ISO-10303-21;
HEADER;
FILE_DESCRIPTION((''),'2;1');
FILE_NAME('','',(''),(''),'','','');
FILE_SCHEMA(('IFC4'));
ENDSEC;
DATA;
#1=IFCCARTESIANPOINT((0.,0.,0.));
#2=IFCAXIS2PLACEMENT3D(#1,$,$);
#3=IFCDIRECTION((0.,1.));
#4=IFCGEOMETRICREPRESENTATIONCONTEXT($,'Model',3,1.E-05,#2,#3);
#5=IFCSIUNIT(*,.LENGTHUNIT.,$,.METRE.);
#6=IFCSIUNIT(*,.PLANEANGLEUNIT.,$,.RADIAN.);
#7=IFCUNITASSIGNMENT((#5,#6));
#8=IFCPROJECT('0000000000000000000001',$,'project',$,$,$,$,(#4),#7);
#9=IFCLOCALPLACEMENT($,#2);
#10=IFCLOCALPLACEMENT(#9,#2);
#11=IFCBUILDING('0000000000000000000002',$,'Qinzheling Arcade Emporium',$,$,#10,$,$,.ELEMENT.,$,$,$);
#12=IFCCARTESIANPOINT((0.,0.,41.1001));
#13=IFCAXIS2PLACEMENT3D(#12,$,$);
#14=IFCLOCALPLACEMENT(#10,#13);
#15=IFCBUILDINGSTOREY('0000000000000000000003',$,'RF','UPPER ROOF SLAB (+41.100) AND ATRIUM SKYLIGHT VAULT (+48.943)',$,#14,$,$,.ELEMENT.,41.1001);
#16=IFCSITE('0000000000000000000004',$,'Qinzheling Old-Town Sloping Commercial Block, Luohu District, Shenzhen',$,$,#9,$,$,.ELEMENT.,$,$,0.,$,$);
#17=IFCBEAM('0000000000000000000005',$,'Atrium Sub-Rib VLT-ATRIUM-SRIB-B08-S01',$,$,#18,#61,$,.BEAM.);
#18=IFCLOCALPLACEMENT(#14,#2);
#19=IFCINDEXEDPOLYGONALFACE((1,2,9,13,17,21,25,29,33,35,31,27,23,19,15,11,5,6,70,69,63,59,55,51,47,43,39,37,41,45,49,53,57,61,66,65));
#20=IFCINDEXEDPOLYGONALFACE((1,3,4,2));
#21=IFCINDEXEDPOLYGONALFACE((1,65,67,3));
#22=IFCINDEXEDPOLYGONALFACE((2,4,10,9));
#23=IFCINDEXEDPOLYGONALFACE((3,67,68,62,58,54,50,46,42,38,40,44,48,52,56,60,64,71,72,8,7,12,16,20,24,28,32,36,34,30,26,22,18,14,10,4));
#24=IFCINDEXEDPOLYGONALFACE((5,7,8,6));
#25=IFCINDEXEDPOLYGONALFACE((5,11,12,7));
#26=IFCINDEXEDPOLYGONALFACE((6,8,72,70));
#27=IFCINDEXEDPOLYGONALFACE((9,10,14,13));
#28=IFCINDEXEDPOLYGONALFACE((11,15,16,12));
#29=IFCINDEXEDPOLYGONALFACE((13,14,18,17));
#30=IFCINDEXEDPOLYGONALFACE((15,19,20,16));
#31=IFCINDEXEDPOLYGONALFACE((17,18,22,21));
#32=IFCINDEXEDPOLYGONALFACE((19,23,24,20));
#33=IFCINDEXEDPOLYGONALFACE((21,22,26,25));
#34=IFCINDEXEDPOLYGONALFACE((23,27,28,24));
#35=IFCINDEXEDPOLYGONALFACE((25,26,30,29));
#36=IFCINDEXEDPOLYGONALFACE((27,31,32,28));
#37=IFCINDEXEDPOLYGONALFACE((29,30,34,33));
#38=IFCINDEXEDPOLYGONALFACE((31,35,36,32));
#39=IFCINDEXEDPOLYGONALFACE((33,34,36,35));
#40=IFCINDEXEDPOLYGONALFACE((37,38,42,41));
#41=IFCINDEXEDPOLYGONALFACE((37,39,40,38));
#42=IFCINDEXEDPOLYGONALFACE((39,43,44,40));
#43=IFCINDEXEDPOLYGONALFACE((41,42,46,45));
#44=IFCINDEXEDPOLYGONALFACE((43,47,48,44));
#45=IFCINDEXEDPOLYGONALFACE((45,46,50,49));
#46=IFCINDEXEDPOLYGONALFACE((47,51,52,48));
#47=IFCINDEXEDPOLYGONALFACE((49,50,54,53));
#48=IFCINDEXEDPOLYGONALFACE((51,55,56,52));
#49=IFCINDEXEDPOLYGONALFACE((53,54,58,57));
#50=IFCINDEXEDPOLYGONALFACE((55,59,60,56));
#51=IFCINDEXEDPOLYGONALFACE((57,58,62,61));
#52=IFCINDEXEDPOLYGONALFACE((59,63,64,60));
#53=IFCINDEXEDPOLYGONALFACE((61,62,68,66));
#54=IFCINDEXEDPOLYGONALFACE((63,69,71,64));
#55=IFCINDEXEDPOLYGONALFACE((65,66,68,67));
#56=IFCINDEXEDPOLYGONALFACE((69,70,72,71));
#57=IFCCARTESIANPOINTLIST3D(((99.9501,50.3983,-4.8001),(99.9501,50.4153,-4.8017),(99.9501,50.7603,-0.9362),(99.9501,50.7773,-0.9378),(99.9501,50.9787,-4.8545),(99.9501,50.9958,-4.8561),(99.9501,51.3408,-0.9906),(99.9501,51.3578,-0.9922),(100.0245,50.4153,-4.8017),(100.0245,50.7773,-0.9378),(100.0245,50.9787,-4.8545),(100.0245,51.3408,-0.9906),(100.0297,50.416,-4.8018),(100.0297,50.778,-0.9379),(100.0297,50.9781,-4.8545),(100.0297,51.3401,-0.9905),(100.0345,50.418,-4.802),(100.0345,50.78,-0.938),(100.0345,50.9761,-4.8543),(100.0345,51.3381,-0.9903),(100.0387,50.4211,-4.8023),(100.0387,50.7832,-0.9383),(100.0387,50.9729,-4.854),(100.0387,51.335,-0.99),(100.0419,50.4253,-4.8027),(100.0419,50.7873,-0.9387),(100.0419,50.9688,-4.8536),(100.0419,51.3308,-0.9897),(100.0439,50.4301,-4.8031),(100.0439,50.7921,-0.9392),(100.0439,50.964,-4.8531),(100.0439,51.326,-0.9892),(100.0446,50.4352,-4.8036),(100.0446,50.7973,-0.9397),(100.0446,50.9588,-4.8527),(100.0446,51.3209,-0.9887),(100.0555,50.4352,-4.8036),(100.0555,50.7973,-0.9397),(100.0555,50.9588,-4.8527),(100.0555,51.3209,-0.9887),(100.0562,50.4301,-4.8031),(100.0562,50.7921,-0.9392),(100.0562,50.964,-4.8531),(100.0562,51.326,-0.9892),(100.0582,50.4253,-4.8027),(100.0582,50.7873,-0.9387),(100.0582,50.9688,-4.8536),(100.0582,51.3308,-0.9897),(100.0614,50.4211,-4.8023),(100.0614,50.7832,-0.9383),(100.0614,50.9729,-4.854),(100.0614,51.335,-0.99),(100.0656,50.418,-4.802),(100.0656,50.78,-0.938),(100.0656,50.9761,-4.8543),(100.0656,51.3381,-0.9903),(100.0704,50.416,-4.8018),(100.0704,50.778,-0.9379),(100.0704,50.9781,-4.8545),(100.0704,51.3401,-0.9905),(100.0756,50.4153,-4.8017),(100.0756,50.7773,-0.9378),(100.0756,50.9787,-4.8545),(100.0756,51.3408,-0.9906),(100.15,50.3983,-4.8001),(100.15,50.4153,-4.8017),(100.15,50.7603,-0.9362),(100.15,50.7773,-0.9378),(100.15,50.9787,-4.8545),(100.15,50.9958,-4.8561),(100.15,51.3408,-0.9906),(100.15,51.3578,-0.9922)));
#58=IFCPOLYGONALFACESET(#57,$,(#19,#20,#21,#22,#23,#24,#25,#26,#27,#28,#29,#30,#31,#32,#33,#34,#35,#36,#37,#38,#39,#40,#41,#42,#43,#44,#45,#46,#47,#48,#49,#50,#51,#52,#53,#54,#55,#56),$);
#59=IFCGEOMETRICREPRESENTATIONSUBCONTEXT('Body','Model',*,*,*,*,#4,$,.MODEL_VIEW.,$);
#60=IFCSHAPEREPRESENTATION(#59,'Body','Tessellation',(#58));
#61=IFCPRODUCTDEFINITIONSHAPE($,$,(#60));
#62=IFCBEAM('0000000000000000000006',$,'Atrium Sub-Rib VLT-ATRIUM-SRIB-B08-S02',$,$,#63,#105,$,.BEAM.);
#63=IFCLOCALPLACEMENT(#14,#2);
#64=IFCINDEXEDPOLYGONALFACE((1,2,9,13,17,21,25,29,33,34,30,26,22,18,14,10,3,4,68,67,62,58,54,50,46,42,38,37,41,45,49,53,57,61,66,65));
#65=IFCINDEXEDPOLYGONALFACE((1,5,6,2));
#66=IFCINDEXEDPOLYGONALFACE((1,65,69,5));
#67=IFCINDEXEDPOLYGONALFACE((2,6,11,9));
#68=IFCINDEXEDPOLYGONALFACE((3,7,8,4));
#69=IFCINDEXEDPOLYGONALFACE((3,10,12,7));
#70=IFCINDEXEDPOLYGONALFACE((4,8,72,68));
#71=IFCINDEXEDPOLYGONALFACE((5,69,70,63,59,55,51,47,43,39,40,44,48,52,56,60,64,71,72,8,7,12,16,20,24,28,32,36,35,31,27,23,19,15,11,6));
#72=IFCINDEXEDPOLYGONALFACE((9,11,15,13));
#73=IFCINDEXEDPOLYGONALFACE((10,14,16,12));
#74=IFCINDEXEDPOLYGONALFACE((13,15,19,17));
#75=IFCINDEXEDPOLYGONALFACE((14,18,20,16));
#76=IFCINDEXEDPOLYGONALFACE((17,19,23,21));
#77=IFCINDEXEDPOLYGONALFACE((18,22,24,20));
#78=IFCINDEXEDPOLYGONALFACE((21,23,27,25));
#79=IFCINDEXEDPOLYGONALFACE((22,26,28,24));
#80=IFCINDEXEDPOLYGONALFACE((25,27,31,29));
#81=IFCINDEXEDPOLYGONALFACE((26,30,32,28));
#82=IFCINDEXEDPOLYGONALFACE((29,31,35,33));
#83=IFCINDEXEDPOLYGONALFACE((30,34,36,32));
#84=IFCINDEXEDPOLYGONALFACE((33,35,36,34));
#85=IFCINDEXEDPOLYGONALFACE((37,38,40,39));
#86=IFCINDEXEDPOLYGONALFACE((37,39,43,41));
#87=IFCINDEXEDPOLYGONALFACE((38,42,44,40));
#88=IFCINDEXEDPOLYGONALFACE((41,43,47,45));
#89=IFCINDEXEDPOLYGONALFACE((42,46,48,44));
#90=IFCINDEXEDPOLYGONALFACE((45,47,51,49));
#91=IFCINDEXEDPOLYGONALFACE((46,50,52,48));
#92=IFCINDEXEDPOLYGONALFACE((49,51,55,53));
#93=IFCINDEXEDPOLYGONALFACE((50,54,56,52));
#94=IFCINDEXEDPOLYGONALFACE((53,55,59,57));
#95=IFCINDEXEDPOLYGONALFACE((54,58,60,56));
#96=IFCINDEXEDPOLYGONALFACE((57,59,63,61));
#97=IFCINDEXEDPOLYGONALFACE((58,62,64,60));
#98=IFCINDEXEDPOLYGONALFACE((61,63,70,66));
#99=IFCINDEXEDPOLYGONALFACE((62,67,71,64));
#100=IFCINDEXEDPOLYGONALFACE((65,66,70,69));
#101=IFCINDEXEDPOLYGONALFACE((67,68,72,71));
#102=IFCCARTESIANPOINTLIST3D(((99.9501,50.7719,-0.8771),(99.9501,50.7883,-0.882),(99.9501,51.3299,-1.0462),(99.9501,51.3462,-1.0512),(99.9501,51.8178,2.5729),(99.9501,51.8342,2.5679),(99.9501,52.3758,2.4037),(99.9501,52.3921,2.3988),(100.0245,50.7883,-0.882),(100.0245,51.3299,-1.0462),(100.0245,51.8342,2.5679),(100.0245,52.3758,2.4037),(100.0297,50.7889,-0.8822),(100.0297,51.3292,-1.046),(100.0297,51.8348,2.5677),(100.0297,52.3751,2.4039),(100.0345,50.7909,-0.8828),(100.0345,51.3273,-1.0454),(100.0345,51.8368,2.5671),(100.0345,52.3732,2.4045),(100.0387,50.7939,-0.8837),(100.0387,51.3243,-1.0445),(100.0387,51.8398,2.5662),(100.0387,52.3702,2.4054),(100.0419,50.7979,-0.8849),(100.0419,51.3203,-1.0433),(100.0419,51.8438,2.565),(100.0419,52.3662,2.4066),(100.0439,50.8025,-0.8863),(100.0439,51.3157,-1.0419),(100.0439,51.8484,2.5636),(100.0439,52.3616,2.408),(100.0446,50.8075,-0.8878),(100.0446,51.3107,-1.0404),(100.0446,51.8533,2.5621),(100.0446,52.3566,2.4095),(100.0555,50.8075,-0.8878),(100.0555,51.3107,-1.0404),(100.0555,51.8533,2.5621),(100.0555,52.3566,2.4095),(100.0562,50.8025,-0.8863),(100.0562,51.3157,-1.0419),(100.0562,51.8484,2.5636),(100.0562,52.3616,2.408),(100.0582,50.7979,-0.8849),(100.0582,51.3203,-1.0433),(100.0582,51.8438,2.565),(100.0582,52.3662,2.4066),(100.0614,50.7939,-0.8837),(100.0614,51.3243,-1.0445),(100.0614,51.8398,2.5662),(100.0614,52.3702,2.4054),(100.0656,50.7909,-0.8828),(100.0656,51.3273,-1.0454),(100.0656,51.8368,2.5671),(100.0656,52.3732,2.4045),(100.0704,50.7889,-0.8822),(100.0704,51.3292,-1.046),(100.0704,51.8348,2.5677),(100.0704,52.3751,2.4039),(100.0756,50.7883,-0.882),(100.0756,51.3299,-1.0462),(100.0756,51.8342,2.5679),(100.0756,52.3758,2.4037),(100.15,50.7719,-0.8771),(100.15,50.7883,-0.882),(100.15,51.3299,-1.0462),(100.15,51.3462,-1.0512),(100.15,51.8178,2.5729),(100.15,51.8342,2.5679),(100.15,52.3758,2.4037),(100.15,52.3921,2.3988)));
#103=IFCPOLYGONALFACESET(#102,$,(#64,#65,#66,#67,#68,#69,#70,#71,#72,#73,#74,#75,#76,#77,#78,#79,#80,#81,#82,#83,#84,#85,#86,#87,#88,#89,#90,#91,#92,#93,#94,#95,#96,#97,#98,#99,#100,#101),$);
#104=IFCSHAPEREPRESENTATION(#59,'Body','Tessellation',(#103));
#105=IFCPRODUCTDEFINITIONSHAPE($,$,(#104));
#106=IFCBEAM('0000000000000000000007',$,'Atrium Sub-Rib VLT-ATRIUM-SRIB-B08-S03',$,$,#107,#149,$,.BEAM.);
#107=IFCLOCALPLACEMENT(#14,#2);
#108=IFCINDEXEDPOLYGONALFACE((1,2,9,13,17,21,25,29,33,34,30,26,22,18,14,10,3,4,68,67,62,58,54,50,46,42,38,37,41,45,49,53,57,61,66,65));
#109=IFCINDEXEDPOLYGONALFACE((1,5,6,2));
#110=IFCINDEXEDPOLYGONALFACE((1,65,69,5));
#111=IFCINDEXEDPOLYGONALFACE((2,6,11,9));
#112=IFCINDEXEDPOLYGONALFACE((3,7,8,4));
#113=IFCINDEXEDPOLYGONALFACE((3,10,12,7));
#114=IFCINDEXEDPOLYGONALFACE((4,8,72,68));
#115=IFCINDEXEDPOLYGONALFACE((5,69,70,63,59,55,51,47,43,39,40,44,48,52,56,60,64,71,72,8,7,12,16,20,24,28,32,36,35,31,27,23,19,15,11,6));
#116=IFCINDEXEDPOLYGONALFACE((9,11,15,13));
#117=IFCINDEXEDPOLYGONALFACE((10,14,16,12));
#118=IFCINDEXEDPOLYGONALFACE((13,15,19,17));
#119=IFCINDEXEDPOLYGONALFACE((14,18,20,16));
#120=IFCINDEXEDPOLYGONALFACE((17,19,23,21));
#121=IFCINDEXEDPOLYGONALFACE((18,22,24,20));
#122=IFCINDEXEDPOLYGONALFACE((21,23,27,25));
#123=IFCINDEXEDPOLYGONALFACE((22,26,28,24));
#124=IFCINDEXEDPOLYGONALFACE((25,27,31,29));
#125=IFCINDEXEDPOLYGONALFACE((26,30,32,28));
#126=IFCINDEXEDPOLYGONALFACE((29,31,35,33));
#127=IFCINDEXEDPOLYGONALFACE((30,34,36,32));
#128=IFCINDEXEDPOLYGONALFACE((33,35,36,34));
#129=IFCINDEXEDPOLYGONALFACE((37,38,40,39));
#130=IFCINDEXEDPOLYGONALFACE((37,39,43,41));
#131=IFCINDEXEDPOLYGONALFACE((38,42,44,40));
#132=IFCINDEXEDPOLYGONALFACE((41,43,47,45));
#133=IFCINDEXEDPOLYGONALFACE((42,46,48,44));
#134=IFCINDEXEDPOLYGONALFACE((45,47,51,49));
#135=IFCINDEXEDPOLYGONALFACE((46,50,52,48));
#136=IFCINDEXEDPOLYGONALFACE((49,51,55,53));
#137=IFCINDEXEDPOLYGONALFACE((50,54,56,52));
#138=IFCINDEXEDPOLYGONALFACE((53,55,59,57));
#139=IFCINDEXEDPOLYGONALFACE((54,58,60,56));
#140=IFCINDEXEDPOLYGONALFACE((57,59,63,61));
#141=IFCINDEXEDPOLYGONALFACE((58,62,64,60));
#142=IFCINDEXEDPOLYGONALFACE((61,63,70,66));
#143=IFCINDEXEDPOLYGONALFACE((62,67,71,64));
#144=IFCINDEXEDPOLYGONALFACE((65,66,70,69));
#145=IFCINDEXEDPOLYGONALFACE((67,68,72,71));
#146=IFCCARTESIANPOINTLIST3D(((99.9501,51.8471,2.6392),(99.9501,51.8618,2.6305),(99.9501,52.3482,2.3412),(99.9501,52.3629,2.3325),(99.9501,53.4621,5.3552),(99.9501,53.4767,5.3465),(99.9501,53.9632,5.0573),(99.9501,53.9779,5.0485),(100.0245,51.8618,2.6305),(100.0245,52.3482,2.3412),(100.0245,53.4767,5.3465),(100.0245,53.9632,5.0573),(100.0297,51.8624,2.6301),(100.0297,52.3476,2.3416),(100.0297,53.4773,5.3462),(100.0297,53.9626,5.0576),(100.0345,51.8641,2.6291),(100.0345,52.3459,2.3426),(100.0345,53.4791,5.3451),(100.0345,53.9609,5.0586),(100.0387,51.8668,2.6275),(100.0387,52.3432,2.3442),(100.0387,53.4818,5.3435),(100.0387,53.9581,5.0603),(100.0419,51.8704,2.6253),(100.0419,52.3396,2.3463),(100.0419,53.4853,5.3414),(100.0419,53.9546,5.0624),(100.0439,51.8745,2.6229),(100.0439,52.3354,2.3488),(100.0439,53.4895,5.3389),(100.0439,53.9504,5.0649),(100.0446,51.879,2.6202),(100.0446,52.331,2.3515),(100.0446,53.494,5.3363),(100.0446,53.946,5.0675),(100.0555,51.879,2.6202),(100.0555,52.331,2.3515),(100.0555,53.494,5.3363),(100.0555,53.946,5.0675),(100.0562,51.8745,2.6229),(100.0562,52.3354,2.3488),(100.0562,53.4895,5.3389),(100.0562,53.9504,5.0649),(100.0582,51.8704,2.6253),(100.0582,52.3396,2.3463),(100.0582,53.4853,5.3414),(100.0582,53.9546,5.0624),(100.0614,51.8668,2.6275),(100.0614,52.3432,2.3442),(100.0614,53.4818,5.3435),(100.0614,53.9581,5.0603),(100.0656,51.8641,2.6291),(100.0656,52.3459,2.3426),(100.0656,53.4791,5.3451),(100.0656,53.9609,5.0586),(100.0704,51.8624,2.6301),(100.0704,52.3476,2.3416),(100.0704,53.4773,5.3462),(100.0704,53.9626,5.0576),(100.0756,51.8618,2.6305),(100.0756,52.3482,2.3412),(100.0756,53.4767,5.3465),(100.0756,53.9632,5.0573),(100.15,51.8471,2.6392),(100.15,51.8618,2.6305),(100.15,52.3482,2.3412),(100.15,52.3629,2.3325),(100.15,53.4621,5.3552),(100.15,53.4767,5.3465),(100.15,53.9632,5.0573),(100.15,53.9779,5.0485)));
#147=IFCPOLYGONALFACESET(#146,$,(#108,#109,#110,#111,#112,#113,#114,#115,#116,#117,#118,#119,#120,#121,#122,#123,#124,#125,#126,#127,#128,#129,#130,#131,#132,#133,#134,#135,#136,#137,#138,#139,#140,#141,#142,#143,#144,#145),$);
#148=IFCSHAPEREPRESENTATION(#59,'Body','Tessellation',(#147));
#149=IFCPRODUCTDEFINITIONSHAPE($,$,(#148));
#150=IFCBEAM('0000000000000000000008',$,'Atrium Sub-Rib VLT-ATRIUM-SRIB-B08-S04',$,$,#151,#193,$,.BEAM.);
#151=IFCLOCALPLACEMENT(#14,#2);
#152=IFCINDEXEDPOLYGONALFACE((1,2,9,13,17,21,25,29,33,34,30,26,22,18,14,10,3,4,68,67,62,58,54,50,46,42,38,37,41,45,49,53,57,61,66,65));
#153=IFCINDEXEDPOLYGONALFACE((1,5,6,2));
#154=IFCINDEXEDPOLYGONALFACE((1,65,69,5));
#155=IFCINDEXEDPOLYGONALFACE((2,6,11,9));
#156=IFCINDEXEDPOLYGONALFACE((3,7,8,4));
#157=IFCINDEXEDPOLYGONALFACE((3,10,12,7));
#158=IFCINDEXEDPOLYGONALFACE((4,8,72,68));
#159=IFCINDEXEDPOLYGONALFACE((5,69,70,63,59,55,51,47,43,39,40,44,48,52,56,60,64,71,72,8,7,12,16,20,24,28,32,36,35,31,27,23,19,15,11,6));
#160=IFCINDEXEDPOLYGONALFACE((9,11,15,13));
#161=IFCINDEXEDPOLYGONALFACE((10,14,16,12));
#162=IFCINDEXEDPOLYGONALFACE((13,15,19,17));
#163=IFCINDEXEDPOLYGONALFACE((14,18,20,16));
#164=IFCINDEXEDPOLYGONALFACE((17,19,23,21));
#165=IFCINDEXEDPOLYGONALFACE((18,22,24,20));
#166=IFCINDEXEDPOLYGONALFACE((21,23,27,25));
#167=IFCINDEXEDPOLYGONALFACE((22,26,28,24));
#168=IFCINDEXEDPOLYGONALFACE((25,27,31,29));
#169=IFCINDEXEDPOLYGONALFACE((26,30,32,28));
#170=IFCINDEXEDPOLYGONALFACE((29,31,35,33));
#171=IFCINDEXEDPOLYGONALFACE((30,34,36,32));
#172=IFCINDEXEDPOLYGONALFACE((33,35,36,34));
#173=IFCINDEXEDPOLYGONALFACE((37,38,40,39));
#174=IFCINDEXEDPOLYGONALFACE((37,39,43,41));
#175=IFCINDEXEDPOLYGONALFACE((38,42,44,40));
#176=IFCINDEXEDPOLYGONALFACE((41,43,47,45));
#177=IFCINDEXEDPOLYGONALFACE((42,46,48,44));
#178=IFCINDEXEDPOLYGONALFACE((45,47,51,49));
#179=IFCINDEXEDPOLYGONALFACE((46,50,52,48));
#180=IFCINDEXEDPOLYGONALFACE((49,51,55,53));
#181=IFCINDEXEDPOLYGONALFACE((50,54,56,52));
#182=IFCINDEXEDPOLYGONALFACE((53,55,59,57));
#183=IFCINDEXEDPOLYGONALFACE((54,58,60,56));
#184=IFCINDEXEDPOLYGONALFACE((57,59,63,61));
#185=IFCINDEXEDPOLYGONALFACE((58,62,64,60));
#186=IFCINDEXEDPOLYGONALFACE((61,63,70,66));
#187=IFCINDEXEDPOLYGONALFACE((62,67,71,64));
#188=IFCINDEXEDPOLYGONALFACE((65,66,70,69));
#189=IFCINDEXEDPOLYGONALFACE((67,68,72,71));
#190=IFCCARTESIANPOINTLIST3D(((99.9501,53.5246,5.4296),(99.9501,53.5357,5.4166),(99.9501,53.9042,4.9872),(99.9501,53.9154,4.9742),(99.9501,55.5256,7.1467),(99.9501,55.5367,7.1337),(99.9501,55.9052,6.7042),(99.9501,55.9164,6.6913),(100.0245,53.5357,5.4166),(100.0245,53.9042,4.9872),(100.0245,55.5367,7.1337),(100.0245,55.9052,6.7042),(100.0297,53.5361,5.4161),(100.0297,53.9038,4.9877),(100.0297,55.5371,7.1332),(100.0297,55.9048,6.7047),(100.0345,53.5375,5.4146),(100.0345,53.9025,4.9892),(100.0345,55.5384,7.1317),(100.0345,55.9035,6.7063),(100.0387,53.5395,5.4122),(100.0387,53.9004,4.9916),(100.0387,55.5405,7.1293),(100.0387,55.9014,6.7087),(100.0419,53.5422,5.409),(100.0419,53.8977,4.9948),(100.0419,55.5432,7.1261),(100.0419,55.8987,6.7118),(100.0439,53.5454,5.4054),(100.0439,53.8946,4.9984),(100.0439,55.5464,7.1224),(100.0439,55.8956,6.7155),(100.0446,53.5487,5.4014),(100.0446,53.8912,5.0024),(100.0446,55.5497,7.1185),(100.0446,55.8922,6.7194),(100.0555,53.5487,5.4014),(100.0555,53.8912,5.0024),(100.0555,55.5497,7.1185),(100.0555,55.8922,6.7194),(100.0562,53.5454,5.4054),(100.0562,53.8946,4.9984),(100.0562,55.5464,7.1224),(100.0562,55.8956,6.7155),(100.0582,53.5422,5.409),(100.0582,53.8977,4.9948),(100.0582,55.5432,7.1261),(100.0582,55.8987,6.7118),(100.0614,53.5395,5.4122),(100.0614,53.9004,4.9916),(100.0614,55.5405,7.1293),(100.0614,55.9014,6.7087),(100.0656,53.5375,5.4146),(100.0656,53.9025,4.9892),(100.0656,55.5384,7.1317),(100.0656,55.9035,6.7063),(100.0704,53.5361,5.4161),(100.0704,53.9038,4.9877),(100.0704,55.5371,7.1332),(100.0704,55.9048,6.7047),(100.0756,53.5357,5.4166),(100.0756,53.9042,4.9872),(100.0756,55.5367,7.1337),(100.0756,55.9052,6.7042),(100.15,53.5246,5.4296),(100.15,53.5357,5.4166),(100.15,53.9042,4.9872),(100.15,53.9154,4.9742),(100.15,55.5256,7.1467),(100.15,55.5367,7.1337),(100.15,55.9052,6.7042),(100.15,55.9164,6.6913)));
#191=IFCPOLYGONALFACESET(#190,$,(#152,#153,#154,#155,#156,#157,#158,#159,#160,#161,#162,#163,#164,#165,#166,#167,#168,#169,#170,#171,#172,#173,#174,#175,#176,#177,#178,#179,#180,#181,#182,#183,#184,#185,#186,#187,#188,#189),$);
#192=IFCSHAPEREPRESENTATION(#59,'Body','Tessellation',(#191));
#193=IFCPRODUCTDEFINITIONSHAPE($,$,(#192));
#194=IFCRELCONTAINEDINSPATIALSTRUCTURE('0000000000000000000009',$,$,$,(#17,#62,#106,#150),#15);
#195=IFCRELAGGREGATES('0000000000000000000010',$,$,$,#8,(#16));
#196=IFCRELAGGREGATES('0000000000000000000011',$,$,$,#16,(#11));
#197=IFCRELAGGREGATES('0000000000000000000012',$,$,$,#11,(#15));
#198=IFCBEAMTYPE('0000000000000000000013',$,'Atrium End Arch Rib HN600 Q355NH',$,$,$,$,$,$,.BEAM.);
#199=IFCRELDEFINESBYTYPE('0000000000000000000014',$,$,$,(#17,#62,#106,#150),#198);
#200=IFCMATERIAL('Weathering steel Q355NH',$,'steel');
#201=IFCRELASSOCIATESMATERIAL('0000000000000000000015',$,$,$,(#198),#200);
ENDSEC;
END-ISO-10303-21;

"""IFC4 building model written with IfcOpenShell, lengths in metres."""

from ifc_helpers import new_model, si_unit, direction, frame, origin, origin_2d, place, context, subcontext, project, spatial, i_section, extrude, material, material_profile, profile_set, type_object, element, save


model = new_model("IFC4")

# Units and contexts
model_context = context("Model", 3, precision=1e-05, world=origin(), true_north=direction((0.0, 1.0)))
body_context = subcontext(model_context, "Body", "Model", "MODEL_VIEW")
ifc_project = project(units=[si_unit("LENGTHUNIT", "METRE"), si_unit("PLANEANGLEUNIT", "RADIAN")], contexts=[model_context])

# Site, building, storey
site_placement = place(None, origin())
site = spatial("IfcSite", under=ifc_project, at=site_placement, Name="Qinzheling Old-Town Sloping Commercial Block, Luohu District, Shenzhen", CompositionType="ELEMENT", RefElevation=0.0)
building_placement = place(site_placement, origin())
building = spatial("IfcBuilding", under=site, at=building_placement, Name="Qinzheling Arcade Emporium", CompositionType="ELEMENT")
storey_placement = place(building_placement, frame((0.0, 0.0, 41.1001)))
storey = spatial("IfcBuildingStorey", under=building, at=storey_placement, Name="RF", Description="UPPER ROOF SLAB (+41.100) AND ATRIUM SKYLIGHT VAULT (+48.943)", CompositionType="ELEMENT", Elevation=41.1001)

# Beams
ifc_material_1 = material(Name="Weathering steel Q355NH", Category="steel")
ifc_material_profile_1 = material_profile(ifc_material_1, i_section(OverallWidth=0.2, OverallDepth=0.6001, WebThickness=0.011, FlangeThickness=0.0171, FilletRadius=0.02, at=origin_2d()), Name="HN 600x200x11x17", Category="steel")
ifc_profile_set_1 = profile_set([ifc_material_profile_1], Name="Weathering steel Q355NH")
beam_type_1 = type_object("IfcBeamType", Name="Atrium End Arch Rib HN600 Q355NH", PredefinedType="BEAM", material=ifc_profile_set_1)
beam_1_placement = place(storey_placement, frame((100.05, 50.697, -4.8281), z_axis=(0.0, 0.093292, 0.995639), x_axis=(-1.0, 0.0, 0.0)))
element("IfcBeam", 1, at=beam_1_placement, inside=storey, type_object=beam_type_1, Name="Atrium Sub-Rib VLT-ATRIUM-SRIB-B08-S01", PredefinedType="BEAM", context=body_context, shape_type="SweptSolid", body=[
    extrude(i_section(OverallWidth=0.2, OverallDepth=0.6001, WebThickness=0.011, FlangeThickness=0.0171, FilletRadius=0.02, at=origin_2d()), origin(), (0.0, 0.0, 1.0), 3.8809),
])
beam_2_placement = place(storey_placement, frame((100.05, 51.0591, -0.9641), z_axis=(0.0, 0.290124, 0.956989), x_axis=(-1.0, 0.0, 0.0)))
element("IfcBeam", 2, at=beam_2_placement, inside=storey, type_object=beam_type_1, Name="Atrium Sub-Rib VLT-ATRIUM-SRIB-B08-S02", PredefinedType="BEAM", context=body_context, shape_type="SweptSolid", body=[
    extrude(i_section(OverallWidth=0.2, OverallDepth=0.6001, WebThickness=0.011, FlangeThickness=0.0171, FilletRadius=0.02, at=origin_2d()), origin(), (0.0, 0.0, 1.0), 3.605),
])
beam_3_placement = place(storey_placement, frame((100.05, 52.105, 2.4858), z_axis=(0.0, 0.511083, 0.859531), x_axis=(-1.0, 0.0, 0.0)))
element("IfcBeam", 3, at=beam_3_placement, inside=storey, type_object=beam_type_1, Name="Atrium Sub-Rib VLT-ATRIUM-SRIB-B08-S03", PredefinedType="BEAM", context=body_context, shape_type="SweptSolid", body=[
    extrude(i_section(OverallWidth=0.2, OverallDepth=0.6001, WebThickness=0.011, FlangeThickness=0.0171, FilletRadius=0.02, at=origin_2d()), origin(), (0.0, 0.0, 1.0), 3.1599),
])
beam_4_placement = place(storey_placement, frame((100.05, 53.72, 5.2019), z_axis=(0.0, 0.758897, 0.651211), x_axis=(-1.0, 0.0, 0.0)))
element("IfcBeam", 4, at=beam_4_placement, inside=storey, type_object=beam_type_1, Name="Atrium Sub-Rib VLT-ATRIUM-SRIB-B08-S04", PredefinedType="BEAM", context=body_context, shape_type="SweptSolid", body=[
    extrude(i_section(OverallWidth=0.2, OverallDepth=0.6001, WebThickness=0.011, FlangeThickness=0.0171, FilletRadius=0.02, at=origin_2d()), origin(), (0.0, 0.0, 1.0), 2.6367),
])

save(model, "model.ifc")
